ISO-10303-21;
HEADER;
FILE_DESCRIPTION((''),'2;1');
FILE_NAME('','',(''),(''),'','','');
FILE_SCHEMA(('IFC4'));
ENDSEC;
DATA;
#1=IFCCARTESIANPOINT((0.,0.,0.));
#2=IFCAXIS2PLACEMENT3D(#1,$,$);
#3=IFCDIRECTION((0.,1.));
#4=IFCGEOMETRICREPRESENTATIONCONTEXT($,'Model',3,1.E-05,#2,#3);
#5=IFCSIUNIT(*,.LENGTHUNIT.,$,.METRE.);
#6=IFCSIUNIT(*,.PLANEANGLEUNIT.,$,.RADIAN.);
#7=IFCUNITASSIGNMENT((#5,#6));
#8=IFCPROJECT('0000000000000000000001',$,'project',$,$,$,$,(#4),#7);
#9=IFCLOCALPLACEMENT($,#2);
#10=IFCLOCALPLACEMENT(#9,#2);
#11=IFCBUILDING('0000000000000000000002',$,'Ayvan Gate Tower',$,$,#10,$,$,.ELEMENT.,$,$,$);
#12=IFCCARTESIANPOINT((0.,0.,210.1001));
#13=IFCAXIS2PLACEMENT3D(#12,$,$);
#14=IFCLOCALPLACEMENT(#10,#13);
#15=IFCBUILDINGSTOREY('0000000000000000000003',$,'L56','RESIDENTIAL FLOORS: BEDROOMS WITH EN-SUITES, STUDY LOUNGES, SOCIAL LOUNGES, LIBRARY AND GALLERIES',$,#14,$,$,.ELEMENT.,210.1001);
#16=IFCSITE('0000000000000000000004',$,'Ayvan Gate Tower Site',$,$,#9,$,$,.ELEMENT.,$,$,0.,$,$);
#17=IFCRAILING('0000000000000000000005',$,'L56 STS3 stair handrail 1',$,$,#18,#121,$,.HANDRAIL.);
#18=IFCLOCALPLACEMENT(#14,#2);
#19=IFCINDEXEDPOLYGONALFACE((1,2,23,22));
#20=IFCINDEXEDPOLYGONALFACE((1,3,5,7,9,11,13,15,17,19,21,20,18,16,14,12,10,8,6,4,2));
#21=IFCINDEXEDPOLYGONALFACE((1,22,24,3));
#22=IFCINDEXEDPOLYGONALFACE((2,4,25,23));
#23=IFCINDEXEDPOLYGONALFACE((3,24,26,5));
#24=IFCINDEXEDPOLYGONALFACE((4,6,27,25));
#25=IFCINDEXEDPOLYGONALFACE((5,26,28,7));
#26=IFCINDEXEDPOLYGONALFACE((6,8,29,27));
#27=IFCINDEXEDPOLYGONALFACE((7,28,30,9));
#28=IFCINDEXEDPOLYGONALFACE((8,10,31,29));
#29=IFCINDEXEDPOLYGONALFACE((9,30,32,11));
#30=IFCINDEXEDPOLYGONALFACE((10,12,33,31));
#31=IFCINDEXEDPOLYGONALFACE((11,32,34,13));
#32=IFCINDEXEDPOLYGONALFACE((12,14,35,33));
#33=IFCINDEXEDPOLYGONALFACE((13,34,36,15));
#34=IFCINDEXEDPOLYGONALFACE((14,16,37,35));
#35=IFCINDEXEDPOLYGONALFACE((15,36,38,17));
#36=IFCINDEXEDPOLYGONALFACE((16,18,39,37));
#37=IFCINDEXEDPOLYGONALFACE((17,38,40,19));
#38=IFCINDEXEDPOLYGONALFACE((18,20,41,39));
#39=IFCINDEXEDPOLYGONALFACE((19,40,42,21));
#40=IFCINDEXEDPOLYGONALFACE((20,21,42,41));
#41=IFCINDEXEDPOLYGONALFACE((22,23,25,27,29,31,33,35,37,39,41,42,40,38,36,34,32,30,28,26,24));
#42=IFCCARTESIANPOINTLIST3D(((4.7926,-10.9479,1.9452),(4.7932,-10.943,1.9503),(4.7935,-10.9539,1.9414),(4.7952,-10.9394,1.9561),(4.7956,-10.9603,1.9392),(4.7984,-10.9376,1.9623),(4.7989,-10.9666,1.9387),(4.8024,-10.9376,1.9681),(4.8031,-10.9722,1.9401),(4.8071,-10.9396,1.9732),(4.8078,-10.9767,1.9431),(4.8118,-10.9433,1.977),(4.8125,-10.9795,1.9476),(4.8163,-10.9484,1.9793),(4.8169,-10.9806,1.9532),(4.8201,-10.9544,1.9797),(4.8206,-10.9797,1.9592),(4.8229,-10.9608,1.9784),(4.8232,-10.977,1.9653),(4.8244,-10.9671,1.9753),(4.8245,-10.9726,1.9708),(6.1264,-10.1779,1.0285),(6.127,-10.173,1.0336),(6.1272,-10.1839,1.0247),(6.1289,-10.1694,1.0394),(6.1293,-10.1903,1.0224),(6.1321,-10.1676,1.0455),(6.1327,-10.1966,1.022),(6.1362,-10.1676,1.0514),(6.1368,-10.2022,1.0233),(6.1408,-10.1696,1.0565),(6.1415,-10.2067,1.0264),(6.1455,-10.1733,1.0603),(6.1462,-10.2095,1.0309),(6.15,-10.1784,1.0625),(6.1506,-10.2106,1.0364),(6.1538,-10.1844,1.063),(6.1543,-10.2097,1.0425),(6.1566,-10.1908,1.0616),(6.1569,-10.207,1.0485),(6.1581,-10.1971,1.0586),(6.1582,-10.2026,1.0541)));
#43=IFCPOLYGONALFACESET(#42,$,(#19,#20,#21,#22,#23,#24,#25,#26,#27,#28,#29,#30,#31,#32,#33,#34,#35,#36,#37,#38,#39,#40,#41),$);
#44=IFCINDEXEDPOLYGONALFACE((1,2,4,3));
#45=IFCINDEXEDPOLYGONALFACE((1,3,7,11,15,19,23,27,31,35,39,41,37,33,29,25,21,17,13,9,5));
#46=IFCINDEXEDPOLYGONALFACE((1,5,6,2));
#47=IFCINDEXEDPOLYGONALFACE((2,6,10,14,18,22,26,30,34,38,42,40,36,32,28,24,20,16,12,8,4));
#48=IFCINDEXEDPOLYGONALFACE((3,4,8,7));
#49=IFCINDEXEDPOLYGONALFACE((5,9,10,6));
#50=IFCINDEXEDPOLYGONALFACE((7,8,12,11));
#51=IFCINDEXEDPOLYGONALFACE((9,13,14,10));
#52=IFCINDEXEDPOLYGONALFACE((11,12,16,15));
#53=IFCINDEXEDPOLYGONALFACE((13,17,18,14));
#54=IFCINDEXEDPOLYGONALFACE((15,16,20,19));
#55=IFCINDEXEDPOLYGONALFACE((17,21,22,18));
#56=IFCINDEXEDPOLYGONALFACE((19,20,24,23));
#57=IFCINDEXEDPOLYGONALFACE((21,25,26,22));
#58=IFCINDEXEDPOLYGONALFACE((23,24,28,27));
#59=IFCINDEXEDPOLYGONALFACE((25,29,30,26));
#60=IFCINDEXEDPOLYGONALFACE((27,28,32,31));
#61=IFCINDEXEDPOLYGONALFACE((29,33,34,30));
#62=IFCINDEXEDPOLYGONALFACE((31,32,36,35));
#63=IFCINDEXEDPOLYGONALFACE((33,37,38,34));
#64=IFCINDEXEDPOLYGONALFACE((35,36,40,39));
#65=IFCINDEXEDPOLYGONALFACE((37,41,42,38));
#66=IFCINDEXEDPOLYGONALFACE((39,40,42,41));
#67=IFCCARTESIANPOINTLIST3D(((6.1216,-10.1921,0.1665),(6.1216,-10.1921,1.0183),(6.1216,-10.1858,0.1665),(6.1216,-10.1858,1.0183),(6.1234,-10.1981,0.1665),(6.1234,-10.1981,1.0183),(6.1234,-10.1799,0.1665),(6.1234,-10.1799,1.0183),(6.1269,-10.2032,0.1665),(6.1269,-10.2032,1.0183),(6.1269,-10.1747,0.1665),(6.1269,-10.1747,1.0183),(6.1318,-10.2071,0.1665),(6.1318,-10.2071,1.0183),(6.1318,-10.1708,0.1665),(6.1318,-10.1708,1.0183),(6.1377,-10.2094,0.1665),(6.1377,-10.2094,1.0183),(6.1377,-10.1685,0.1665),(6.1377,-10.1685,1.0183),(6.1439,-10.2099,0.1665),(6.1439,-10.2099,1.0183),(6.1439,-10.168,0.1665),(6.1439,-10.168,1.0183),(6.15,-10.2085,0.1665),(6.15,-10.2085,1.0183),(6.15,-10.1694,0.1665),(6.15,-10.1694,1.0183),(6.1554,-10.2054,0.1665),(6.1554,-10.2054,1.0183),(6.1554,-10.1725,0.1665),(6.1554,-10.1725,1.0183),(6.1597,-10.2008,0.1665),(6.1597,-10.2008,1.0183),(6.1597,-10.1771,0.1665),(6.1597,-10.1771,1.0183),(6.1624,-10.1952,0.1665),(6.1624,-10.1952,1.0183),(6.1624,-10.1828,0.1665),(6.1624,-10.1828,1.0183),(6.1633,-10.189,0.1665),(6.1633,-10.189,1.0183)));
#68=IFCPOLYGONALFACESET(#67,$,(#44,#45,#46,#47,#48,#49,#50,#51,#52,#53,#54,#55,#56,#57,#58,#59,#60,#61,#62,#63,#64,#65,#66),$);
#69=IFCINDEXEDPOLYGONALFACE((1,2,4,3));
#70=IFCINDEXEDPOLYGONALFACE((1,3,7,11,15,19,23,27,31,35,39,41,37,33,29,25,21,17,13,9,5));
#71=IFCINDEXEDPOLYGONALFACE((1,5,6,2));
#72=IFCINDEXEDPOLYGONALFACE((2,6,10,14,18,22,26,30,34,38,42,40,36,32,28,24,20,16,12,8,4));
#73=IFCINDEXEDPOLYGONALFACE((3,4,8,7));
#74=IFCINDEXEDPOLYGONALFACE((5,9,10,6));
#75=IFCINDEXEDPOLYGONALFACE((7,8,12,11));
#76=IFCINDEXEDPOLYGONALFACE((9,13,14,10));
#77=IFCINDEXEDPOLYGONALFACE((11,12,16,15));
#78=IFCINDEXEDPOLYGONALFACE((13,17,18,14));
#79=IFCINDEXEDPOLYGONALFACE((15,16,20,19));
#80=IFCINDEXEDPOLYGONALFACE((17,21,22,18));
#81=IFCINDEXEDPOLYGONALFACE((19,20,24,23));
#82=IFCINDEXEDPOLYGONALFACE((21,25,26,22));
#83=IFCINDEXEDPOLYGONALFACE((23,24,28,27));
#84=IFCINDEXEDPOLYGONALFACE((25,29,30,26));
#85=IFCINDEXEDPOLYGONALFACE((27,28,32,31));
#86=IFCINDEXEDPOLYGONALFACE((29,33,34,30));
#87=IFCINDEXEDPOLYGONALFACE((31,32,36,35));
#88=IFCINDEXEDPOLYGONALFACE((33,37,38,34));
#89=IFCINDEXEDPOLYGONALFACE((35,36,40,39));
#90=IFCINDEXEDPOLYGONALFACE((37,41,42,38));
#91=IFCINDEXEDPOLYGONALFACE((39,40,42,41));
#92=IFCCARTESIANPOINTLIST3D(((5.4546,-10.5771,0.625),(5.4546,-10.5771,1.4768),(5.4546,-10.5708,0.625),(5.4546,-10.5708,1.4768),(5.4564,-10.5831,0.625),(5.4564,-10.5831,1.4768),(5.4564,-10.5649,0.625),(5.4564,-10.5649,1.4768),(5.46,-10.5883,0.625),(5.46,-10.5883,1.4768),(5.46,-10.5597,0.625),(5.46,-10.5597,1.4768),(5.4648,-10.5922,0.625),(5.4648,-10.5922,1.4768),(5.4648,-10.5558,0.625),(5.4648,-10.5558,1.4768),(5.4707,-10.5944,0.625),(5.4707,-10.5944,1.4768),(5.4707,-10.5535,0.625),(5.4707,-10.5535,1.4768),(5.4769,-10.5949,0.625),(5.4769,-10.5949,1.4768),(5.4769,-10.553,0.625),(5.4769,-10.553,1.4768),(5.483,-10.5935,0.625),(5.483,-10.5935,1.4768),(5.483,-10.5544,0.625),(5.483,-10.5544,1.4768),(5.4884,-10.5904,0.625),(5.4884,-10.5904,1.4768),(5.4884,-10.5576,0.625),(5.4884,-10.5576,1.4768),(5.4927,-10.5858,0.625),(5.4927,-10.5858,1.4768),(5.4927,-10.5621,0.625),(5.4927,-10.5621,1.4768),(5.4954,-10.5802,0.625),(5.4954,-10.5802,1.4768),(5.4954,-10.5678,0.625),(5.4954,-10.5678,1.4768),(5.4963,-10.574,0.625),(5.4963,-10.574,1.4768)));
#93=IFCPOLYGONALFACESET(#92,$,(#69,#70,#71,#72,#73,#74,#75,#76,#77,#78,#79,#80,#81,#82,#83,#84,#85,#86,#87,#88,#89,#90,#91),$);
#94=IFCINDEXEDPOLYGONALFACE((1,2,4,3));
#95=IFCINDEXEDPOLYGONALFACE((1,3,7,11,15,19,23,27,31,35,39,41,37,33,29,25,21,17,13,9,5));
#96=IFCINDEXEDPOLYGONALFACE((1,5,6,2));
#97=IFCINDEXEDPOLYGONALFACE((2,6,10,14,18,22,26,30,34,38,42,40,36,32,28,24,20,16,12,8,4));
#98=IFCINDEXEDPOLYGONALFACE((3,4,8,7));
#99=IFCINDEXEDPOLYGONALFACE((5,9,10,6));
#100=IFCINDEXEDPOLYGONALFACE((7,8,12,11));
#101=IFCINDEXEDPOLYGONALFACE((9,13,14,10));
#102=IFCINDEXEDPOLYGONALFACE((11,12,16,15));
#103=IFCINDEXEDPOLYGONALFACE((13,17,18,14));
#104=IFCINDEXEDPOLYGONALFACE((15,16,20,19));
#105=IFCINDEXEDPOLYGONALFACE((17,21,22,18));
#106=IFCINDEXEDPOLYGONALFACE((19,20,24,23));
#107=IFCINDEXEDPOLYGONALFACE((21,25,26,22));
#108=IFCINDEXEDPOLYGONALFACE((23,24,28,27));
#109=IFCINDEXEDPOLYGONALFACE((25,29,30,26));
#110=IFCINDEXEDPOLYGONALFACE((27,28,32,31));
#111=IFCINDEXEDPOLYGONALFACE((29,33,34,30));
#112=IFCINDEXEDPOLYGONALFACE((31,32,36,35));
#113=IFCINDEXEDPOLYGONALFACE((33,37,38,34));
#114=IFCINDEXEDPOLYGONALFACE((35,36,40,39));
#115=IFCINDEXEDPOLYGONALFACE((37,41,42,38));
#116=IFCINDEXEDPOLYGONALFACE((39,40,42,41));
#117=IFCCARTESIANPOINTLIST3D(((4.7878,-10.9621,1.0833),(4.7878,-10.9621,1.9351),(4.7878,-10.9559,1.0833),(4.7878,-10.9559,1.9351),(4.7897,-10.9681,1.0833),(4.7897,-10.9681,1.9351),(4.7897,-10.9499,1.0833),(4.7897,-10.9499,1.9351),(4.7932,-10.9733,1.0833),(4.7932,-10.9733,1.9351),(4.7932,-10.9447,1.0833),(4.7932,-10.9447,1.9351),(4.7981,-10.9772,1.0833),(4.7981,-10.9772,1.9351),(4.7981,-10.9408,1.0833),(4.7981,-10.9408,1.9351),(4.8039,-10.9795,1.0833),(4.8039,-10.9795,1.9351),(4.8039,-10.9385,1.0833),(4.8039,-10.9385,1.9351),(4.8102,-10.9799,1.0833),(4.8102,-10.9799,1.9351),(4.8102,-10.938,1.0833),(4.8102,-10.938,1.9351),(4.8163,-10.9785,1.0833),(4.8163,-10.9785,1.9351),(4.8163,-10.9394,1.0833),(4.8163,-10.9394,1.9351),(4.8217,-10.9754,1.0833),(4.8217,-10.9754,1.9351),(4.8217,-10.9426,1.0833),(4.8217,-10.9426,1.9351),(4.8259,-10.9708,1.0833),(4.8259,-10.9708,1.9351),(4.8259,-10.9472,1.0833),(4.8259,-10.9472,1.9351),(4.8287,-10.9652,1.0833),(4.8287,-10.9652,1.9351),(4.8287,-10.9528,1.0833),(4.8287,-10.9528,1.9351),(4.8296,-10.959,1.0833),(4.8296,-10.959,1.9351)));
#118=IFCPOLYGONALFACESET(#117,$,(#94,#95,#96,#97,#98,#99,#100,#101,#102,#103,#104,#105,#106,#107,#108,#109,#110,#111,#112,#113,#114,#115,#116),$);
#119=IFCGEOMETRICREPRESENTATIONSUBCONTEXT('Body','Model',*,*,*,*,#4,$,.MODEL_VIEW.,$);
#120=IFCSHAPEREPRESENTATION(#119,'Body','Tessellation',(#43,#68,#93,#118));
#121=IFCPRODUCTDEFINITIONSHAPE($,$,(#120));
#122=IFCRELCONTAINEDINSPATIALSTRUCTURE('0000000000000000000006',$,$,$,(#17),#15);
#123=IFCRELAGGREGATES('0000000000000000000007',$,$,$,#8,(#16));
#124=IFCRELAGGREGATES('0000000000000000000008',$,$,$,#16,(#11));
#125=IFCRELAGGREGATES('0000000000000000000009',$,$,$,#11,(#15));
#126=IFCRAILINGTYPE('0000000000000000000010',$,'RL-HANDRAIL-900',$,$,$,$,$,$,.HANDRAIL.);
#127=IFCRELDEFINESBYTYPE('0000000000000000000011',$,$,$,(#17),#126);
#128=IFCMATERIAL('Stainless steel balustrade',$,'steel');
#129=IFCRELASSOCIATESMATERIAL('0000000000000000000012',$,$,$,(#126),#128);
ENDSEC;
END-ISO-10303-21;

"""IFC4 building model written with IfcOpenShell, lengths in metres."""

from ifc_helpers import new_model, si_unit, direction, frame, origin, origin_2d, place, context, subcontext, project, spatial, circle, extrude, material, type_object, element, save


model = new_model("IFC4")

# Units and contexts
model_context = context("Model", 3, precision=1e-05, world=origin(), true_north=direction((0.0, 1.0)))
body_context = subcontext(model_context, "Body", "Model", "MODEL_VIEW")
ifc_project = project(units=[si_unit("LENGTHUNIT", "METRE"), si_unit("PLANEANGLEUNIT", "RADIAN")], contexts=[model_context])

# Site, building, storey
site_placement = place(None, origin())
site = spatial("IfcSite", under=ifc_project, at=site_placement, Name="Ayvan Gate Tower Site", CompositionType="ELEMENT", RefElevation=0.0)
building_placement = place(site_placement, origin())
building = spatial("IfcBuilding", under=site, at=building_placement, Name="Ayvan Gate Tower", CompositionType="ELEMENT")
storey_placement = place(building_placement, frame((0.0, 0.0, 210.1001)))
storey = spatial("IfcBuildingStorey", under=building, at=storey_placement, Name="L56", Description="RESIDENTIAL FLOORS: BEDROOMS WITH EN-SUITES, STUDY LOUNGES, SOCIAL LOUNGES, LIBRARY AND GALLERIES", CompositionType="ELEMENT", Elevation=210.1001)

# Railing
ifc_material_1 = material(Name="Stainless steel balustrade", Category="steel")
railing_type_1 = type_object("IfcRailingType", Name="RL-HANDRAIL-900", PredefinedType="HANDRAIL", material=ifc_material_1)
railing_1_placement = place(storey_placement, frame((6.1423, -10.189, 0.1665)))
element("IfcRailing", 1, at=railing_1_placement, inside=storey, type_object=railing_type_1, Name="L56 STS3 stair handrail 1", PredefinedType="HANDRAIL", context=body_context, shape_type="SweptSolid", body=[
    extrude(circle(Radius=0.0239, at=origin_2d()), frame((0.0, 0.0, 0.876), z_axis=(-0.744164, -0.429634, 0.511502), x_axis=(0.499992, -0.86603, 0.0)), (0.0, 0.0, 1.0), 1.7922),
    extrude(circle(Radius=0.021, at=origin_2d()), origin(), (0.0, 0.0, 1.0), 0.8518),
    extrude(circle(Radius=0.021, at=origin_2d()), frame((-0.667, -0.385, 0.4585)), (0.0, 0.0, 1.0), 0.8518),
    extrude(circle(Radius=0.021, at=origin_2d()), frame((-1.3337, -0.77, 0.9167)), (0.0, 0.0, 1.0), 0.8518),
])

save(model, "model.ifc")
